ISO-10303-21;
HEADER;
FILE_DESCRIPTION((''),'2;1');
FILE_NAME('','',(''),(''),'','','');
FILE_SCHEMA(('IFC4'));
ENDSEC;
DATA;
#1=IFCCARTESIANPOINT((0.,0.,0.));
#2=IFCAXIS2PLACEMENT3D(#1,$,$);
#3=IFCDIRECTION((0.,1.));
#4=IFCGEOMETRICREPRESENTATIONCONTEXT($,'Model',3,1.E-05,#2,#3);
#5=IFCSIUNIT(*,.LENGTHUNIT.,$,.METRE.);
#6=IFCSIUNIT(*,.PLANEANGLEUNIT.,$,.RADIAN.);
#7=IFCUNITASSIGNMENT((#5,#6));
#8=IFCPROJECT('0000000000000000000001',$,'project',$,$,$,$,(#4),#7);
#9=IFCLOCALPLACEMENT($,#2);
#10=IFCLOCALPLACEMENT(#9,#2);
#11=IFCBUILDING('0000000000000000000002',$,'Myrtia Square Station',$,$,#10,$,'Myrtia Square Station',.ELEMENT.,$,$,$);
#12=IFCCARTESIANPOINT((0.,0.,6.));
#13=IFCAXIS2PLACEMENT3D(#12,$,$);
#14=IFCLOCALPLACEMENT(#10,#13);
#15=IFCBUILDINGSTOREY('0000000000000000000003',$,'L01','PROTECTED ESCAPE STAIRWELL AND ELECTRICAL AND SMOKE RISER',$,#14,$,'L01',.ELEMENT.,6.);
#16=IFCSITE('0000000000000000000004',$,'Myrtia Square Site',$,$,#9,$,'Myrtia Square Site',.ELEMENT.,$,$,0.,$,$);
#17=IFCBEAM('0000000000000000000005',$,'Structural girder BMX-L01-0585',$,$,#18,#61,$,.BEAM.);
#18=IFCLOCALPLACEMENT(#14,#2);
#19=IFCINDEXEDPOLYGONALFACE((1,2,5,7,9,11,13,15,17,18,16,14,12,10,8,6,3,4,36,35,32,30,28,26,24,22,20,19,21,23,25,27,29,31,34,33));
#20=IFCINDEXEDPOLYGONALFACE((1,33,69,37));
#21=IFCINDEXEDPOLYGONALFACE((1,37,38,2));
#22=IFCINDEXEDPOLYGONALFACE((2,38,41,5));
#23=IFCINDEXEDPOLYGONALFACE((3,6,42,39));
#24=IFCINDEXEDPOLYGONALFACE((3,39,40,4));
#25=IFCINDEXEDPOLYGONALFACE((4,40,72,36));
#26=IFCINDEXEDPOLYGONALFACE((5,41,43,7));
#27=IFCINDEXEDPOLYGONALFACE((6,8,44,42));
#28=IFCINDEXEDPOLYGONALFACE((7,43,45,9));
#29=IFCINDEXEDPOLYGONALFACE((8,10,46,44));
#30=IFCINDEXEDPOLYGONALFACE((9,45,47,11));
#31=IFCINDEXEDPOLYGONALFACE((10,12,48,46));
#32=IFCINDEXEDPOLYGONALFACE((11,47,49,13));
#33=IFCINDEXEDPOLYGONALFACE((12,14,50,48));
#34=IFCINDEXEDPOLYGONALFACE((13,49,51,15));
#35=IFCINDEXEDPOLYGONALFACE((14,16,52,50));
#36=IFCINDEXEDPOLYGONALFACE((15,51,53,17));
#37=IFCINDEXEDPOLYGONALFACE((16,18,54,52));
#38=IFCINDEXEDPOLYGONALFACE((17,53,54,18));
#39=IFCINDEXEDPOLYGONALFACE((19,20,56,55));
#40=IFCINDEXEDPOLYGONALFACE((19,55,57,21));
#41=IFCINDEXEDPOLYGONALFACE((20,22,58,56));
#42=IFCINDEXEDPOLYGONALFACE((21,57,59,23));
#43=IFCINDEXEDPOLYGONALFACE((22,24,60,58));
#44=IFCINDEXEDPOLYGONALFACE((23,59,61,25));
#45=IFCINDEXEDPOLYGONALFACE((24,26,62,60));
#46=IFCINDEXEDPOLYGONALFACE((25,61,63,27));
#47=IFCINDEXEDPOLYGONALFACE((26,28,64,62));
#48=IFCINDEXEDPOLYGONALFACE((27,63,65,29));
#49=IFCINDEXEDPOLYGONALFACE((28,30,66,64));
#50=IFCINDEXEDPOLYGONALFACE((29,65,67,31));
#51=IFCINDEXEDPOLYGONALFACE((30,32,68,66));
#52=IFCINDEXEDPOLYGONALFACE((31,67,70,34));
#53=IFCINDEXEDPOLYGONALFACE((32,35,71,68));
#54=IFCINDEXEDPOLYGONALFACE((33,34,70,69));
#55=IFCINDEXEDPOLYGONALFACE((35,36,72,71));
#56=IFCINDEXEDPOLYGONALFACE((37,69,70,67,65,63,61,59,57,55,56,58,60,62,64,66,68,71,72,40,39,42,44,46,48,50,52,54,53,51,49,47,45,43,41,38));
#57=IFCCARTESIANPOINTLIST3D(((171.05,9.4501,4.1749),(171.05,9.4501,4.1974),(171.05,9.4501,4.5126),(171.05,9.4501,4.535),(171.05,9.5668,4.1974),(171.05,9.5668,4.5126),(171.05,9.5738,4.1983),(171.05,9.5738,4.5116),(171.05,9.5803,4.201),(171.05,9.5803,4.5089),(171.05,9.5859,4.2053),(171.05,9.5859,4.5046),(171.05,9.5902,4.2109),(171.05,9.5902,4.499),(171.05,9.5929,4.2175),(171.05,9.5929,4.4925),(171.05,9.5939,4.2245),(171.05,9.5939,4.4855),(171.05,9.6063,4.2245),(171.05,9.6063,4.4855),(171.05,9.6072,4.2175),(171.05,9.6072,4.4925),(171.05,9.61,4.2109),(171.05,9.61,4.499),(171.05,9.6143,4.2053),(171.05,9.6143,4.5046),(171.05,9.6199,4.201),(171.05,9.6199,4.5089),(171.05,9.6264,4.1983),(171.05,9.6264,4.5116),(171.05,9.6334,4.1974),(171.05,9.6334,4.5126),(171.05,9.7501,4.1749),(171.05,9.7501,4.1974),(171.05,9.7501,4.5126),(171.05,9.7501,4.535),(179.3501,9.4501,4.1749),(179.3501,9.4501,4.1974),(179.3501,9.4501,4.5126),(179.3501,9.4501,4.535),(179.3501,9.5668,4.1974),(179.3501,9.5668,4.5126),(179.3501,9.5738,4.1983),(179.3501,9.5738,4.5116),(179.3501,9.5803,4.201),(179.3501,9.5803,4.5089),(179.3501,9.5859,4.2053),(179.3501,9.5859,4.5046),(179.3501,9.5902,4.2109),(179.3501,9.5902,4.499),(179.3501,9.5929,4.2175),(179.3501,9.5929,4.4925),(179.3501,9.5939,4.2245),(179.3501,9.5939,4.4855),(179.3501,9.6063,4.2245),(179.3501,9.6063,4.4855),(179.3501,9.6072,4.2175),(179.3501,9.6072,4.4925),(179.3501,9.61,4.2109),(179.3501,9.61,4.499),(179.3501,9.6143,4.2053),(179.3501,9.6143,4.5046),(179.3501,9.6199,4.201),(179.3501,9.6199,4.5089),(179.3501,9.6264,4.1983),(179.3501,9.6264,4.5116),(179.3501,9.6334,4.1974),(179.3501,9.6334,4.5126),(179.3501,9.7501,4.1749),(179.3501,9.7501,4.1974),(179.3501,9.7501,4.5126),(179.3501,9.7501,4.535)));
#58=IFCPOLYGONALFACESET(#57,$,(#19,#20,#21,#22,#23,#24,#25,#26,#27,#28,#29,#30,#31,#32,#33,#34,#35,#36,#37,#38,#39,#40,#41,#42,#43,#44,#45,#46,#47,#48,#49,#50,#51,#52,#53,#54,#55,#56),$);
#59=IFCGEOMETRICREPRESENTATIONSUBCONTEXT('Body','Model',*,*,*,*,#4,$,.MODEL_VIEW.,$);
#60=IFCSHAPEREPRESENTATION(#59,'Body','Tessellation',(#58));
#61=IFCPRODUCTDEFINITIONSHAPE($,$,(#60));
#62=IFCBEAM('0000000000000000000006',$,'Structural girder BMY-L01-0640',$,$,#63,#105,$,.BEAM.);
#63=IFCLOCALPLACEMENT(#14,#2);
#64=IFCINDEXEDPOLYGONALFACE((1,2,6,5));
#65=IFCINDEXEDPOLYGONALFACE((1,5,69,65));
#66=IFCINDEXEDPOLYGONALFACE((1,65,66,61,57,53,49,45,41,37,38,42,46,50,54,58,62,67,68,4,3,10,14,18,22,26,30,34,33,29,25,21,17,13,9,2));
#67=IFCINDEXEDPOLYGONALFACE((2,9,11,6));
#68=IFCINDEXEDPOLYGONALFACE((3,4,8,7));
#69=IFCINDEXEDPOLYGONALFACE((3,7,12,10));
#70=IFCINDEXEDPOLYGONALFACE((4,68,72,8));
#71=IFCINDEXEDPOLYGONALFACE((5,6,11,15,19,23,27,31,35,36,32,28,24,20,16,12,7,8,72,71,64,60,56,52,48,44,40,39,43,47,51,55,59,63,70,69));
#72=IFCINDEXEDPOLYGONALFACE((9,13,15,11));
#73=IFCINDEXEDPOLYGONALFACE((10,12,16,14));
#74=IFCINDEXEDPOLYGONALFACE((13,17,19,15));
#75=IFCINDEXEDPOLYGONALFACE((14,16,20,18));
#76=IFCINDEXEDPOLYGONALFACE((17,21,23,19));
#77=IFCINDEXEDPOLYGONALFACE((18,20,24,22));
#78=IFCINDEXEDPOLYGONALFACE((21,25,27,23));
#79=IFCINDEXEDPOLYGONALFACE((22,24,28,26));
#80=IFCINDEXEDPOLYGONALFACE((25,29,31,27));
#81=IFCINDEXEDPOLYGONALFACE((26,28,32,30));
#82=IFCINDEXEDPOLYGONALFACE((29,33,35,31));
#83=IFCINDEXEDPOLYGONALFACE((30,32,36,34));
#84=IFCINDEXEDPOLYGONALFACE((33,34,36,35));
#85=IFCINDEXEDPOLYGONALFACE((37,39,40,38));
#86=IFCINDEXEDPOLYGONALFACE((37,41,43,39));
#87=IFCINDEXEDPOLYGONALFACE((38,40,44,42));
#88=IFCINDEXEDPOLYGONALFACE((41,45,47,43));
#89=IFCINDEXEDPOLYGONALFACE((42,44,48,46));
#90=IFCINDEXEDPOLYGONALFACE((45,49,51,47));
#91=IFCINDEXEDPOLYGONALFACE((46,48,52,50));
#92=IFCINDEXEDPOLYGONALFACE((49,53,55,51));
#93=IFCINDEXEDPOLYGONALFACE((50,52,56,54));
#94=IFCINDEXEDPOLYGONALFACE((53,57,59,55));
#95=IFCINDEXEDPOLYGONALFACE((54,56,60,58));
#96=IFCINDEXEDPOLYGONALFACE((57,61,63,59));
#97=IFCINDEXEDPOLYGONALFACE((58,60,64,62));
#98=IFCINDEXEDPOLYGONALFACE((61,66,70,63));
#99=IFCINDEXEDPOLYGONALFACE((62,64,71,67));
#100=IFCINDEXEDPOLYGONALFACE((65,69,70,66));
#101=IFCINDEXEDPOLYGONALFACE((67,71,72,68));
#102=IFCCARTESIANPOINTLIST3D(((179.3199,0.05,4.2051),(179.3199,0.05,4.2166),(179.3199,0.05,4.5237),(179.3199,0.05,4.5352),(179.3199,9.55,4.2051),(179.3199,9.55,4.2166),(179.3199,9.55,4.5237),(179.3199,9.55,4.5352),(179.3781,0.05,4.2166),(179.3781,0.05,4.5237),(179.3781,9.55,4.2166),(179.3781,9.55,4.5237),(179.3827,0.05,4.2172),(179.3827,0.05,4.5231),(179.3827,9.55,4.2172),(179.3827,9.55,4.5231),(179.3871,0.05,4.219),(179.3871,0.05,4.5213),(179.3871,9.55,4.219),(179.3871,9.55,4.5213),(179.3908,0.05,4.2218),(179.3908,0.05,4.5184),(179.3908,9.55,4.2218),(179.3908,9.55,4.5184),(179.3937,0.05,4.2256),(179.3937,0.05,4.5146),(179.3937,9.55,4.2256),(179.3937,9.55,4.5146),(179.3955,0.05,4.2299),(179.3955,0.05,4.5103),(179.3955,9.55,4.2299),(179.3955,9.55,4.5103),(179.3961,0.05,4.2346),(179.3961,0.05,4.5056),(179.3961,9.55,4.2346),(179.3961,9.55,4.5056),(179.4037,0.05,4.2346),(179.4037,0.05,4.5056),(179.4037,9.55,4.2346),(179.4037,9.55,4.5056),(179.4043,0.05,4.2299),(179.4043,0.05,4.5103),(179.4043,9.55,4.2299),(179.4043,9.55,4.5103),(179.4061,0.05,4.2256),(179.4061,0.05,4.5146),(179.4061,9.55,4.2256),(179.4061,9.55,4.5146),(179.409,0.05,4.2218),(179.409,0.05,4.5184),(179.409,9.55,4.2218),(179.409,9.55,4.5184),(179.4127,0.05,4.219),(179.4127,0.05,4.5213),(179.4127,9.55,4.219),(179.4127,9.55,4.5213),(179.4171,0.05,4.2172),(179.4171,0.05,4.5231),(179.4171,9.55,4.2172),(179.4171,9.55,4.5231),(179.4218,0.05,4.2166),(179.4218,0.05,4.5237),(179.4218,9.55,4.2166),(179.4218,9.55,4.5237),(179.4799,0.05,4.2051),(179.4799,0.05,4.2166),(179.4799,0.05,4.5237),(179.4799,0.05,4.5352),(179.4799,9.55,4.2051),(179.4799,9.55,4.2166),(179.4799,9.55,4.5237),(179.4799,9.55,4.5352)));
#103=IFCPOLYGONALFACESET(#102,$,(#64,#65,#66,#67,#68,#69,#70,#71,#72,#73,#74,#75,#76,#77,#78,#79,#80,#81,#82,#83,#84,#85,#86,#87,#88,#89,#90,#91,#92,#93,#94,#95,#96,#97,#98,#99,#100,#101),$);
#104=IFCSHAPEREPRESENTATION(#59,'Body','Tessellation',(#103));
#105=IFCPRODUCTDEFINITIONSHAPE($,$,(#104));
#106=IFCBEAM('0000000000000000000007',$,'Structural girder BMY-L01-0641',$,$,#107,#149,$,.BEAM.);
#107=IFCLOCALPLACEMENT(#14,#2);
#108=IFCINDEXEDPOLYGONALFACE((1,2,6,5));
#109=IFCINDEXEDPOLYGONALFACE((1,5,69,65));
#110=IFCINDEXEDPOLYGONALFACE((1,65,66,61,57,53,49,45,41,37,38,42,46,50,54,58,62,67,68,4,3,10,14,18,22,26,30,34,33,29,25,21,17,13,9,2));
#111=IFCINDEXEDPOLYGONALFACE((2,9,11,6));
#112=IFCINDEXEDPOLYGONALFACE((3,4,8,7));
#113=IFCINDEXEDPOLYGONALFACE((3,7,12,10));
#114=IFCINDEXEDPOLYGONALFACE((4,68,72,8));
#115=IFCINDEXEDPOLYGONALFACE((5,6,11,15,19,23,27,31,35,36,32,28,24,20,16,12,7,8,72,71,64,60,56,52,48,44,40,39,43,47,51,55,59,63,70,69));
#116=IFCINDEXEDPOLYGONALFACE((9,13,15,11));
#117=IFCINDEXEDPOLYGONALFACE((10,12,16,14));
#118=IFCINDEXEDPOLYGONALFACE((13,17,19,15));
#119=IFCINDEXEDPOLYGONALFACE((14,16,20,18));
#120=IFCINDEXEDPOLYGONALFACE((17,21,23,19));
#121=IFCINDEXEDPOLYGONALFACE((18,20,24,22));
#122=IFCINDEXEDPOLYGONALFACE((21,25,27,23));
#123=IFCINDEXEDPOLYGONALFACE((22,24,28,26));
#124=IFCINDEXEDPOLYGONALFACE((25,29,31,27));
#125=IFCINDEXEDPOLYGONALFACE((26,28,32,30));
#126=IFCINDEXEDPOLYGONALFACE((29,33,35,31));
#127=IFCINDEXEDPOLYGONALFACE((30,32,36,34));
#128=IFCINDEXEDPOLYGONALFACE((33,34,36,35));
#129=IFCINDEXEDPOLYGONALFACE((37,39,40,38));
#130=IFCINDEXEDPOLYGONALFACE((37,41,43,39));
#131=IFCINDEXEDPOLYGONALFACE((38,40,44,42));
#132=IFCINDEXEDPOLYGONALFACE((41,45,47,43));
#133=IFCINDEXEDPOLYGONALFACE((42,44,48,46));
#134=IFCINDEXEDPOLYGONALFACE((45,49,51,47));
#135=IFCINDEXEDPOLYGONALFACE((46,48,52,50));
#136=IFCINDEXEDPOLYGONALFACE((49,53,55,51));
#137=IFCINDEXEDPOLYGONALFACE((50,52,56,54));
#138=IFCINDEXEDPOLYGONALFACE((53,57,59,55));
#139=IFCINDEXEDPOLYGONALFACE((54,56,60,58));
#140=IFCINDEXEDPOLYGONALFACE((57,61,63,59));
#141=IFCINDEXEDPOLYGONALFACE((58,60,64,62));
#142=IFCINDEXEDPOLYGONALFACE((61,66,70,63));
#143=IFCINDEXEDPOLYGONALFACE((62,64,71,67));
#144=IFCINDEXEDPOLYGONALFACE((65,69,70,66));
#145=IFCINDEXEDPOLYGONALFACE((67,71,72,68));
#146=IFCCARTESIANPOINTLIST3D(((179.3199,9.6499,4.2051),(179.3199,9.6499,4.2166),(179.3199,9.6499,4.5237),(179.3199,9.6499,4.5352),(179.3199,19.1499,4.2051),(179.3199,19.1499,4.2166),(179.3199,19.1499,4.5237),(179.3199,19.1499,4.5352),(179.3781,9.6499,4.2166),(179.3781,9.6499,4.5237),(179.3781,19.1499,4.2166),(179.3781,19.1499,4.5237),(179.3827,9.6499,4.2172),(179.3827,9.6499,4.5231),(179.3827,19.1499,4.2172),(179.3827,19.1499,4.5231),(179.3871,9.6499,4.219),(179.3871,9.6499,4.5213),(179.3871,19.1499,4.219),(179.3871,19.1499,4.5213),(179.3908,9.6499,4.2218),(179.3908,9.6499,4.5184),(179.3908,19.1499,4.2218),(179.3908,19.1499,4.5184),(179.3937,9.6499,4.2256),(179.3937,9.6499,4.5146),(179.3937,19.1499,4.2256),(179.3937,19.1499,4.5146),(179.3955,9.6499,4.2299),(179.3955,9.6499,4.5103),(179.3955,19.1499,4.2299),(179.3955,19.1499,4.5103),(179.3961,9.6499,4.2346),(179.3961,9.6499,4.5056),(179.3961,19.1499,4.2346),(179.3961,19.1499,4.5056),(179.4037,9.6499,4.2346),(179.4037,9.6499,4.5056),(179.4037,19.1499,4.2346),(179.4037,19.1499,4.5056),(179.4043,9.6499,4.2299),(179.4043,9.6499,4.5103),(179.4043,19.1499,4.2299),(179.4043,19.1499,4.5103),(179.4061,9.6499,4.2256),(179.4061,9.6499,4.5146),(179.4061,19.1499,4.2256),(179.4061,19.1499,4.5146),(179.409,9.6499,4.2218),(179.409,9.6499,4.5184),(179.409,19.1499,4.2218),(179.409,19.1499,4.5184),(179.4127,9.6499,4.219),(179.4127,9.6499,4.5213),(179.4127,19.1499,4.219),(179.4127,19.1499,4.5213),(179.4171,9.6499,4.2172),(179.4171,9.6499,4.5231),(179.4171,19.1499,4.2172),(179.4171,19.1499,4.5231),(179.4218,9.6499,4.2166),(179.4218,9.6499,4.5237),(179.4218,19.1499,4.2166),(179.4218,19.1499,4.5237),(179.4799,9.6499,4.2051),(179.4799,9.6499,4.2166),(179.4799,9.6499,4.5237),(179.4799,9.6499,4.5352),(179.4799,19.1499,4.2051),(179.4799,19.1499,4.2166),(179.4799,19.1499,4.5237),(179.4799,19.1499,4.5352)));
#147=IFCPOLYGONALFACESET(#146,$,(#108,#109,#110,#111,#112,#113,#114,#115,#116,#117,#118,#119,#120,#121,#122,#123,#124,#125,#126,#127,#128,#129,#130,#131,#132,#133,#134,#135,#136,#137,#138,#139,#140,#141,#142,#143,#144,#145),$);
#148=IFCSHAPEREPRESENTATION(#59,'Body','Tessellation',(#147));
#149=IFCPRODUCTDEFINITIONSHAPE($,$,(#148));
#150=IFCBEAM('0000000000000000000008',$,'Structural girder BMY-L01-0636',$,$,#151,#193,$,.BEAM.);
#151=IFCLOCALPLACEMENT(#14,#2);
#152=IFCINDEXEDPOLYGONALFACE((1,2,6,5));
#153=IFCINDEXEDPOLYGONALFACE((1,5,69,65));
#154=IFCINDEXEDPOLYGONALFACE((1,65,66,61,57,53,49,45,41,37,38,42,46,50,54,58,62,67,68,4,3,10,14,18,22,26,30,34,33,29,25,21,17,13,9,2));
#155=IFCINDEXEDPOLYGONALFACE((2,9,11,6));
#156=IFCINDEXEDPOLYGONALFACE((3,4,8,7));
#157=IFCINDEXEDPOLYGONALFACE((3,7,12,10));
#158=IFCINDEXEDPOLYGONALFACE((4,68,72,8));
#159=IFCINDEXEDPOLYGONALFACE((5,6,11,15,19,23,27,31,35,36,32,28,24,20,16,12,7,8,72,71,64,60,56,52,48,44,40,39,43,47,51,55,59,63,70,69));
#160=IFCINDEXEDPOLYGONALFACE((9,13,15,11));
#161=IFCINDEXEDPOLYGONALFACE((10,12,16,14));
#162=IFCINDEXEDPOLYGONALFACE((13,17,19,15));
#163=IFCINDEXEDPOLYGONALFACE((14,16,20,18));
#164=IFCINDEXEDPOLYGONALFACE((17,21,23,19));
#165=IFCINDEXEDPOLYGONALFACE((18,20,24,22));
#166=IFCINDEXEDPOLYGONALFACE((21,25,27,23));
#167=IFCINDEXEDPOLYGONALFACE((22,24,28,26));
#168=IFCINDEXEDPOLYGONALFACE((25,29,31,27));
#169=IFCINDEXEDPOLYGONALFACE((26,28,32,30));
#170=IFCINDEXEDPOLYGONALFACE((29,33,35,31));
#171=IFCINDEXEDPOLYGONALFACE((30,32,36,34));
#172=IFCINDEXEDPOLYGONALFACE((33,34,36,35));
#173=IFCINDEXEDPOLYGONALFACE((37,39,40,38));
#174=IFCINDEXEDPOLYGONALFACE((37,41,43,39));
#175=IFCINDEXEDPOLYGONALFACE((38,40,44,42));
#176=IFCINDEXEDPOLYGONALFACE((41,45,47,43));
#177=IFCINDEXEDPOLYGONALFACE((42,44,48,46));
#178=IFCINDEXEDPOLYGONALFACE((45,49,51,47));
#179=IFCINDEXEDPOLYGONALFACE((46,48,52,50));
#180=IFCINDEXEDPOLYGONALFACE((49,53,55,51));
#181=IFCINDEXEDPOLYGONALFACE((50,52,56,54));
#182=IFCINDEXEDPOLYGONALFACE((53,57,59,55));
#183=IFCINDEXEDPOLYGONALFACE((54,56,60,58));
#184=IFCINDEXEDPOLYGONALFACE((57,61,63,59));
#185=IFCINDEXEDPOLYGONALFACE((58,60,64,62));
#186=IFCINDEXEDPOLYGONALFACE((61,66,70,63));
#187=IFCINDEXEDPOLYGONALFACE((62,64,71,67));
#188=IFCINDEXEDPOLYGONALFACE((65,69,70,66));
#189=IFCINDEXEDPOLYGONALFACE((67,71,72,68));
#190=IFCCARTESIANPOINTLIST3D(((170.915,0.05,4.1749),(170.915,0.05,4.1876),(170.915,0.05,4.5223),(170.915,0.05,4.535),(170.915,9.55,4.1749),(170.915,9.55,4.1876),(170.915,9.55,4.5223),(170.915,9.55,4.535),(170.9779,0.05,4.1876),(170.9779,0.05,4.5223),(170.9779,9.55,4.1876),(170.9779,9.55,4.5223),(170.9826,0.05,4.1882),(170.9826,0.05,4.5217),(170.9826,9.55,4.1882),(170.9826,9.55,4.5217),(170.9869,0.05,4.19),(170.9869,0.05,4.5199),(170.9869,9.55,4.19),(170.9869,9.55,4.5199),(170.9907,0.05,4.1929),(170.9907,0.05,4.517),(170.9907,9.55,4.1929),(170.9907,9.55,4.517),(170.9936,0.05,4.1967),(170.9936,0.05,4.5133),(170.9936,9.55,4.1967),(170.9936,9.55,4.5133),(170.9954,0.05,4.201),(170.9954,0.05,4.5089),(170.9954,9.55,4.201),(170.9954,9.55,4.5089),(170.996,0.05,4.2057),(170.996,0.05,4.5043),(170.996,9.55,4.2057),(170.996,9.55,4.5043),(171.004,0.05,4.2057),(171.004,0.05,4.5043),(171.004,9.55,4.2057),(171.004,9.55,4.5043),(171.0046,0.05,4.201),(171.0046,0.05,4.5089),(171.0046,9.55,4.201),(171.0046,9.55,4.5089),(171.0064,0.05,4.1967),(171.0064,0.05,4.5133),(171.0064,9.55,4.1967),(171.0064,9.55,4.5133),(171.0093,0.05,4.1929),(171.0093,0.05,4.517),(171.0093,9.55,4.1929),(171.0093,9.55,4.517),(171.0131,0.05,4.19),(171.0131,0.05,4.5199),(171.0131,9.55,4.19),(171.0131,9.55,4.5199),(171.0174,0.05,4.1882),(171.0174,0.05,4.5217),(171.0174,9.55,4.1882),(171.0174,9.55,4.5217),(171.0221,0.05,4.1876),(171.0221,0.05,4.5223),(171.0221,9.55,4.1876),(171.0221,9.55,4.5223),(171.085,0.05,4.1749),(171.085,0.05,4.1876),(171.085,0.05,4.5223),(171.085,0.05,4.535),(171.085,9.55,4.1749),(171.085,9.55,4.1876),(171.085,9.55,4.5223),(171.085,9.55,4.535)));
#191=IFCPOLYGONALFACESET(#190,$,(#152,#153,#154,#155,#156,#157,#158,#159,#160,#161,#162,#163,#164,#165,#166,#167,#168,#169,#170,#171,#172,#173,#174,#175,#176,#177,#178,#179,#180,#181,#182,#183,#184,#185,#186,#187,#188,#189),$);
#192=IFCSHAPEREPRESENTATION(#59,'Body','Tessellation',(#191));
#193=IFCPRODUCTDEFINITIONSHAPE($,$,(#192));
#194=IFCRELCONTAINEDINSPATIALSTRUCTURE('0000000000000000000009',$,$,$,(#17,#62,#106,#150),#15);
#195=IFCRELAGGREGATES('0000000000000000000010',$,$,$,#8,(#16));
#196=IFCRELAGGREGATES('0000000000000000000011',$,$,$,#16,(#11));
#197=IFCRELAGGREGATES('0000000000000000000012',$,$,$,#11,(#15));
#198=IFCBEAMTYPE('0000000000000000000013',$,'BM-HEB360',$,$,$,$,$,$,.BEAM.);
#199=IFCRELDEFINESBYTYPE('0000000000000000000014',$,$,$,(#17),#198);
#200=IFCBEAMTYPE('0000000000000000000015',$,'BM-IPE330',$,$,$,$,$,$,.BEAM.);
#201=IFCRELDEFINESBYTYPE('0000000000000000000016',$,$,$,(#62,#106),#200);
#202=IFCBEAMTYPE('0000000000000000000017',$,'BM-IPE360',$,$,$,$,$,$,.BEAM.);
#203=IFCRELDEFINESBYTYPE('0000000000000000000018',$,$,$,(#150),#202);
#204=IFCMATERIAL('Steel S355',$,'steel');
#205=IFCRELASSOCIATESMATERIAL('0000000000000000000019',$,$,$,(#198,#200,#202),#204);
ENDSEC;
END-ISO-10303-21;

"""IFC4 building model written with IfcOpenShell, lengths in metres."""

from ifc_helpers import new_model, si_unit, direction, frame, origin, origin_2d, place, context, subcontext, project, spatial, i_section, extrude, material, material_profile, profile_set, type_object, element, save


model = new_model("IFC4")

# Units and contexts
model_context = context("Model", 3, precision=1e-05, world=origin(), true_north=direction((0.0, 1.0)))
body_context = subcontext(model_context, "Body", "Model", "MODEL_VIEW")
ifc_project = project(units=[si_unit("LENGTHUNIT", "METRE"), si_unit("PLANEANGLEUNIT", "RADIAN")], contexts=[model_context])

# Site, building, storey
site_placement = place(None, origin())
site = spatial("IfcSite", under=ifc_project, at=site_placement, Name="Myrtia Square Site", LongName="Myrtia Square Site", CompositionType="ELEMENT", RefElevation=0.0)
building_placement = place(site_placement, origin())
building = spatial("IfcBuilding", under=site, at=building_placement, Name="Myrtia Square Station", LongName="Myrtia Square Station", CompositionType="ELEMENT")
storey_placement = place(building_placement, frame((0.0, 0.0, 6.0)))
storey = spatial("IfcBuildingStorey", under=building, at=storey_placement, Name="L01", Description="PROTECTED ESCAPE STAIRWELL AND ELECTRICAL AND SMOKE RISER", LongName="L01", CompositionType="ELEMENT", Elevation=6.0)

# Shared definitions
ifc_material_1 = material(Name="Steel S355", Category="steel")

# Beams
ifc_material_profile_1 = material_profile(ifc_material_1, i_section(OverallWidth=0.3, OverallDepth=0.3601, WebThickness=0.0125, FlangeThickness=0.0225, FilletRadius=0.0271, at=origin_2d()), Name="HEB 360")
ifc_profile_set_1 = profile_set([ifc_material_profile_1], Name="Steel S355")
beam_type_1 = type_object("IfcBeamType", Name="BM-HEB360", PredefinedType="BEAM", material=ifc_profile_set_1)
beam_1_placement = place(storey_placement, frame((171.05, 9.6001, 4.355), z_axis=(1.0, 0.0, 0.0), x_axis=(0.0, 1.0, 0.0)))
element("IfcBeam", 1, at=beam_1_placement, inside=storey, type_object=beam_type_1, Name="Structural girder BMX-L01-0585", PredefinedType="BEAM", context=body_context, shape_type="SweptSolid", body=[
    extrude(i_section(OverallWidth=0.3, OverallDepth=0.3601, WebThickness=0.0125, FlangeThickness=0.0225, FilletRadius=0.0271, at=origin_2d()), origin(), (0.0, 0.0, 1.0), 8.3),
])
ifc_material_profile_2 = material_profile(ifc_material_1, i_section(OverallWidth=0.1599, OverallDepth=0.3301, WebThickness=0.0076, FlangeThickness=0.0115, FilletRadius=0.0181, at=origin_2d()), Name="IPE 330")
ifc_profile_set_2 = profile_set([ifc_material_profile_2], Name="Steel S355")
beam_type_2 = type_object("IfcBeamType", Name="BM-IPE330", PredefinedType="BEAM", material=ifc_profile_set_2)
for number, where, z_axis, x_axis, name in (
    (2, (179.3999, 0.05, 4.3701), (0.0, 1.0, 0.0), (-1.0, 0.0, 0.0), "Structural girder BMY-L01-0640"),
    (3, (179.3999, 9.6499, 4.3701), (0.0, 1.0, 0.0), (-1.0, 0.0, 0.0), "Structural girder BMY-L01-0641"),
):
    element("IfcBeam", number, at=place(storey_placement, frame(where, z_axis=z_axis, x_axis=x_axis)), inside=storey, type_object=beam_type_2, Name=name, PredefinedType="BEAM", context=body_context, shape_type="SweptSolid", body=[
        extrude(i_section(OverallWidth=0.1599, OverallDepth=0.3301, WebThickness=0.0076, FlangeThickness=0.0115, FilletRadius=0.0181, at=origin_2d()), origin(), (0.0, 0.0, 1.0), 9.5),
    ])
ifc_material_profile_3 = material_profile(ifc_material_1, i_section(OverallWidth=0.1699, OverallDepth=0.3601, WebThickness=0.0081, FlangeThickness=0.0127, FilletRadius=0.0181, at=origin_2d()), Name="IPE 360")
ifc_profile_set_3 = profile_set([ifc_material_profile_3], Name="Steel S355")
beam_type_3 = type_object("IfcBeamType", Name="BM-IPE360", PredefinedType="BEAM", material=ifc_profile_set_3)
for number, where, z_axis, x_axis, name in (
    (4, (171.0, 0.05, 4.355), (0.0, 1.0, 0.0), (-1.0, 0.0, 0.0), "Structural girder BMY-L01-0636"),
):
    element("IfcBeam", number, at=place(storey_placement, frame(where, z_axis=z_axis, x_axis=x_axis)), inside=storey, type_object=beam_type_3, Name=name, PredefinedType="BEAM", context=body_context, shape_type="SweptSolid", body=[
        extrude(i_section(OverallWidth=0.1699, OverallDepth=0.3601, WebThickness=0.0081, FlangeThickness=0.0127, FilletRadius=0.0181, at=origin_2d()), origin(), (0.0, 0.0, 1.0), 9.5),
    ])

save(model, "model.ifc")
